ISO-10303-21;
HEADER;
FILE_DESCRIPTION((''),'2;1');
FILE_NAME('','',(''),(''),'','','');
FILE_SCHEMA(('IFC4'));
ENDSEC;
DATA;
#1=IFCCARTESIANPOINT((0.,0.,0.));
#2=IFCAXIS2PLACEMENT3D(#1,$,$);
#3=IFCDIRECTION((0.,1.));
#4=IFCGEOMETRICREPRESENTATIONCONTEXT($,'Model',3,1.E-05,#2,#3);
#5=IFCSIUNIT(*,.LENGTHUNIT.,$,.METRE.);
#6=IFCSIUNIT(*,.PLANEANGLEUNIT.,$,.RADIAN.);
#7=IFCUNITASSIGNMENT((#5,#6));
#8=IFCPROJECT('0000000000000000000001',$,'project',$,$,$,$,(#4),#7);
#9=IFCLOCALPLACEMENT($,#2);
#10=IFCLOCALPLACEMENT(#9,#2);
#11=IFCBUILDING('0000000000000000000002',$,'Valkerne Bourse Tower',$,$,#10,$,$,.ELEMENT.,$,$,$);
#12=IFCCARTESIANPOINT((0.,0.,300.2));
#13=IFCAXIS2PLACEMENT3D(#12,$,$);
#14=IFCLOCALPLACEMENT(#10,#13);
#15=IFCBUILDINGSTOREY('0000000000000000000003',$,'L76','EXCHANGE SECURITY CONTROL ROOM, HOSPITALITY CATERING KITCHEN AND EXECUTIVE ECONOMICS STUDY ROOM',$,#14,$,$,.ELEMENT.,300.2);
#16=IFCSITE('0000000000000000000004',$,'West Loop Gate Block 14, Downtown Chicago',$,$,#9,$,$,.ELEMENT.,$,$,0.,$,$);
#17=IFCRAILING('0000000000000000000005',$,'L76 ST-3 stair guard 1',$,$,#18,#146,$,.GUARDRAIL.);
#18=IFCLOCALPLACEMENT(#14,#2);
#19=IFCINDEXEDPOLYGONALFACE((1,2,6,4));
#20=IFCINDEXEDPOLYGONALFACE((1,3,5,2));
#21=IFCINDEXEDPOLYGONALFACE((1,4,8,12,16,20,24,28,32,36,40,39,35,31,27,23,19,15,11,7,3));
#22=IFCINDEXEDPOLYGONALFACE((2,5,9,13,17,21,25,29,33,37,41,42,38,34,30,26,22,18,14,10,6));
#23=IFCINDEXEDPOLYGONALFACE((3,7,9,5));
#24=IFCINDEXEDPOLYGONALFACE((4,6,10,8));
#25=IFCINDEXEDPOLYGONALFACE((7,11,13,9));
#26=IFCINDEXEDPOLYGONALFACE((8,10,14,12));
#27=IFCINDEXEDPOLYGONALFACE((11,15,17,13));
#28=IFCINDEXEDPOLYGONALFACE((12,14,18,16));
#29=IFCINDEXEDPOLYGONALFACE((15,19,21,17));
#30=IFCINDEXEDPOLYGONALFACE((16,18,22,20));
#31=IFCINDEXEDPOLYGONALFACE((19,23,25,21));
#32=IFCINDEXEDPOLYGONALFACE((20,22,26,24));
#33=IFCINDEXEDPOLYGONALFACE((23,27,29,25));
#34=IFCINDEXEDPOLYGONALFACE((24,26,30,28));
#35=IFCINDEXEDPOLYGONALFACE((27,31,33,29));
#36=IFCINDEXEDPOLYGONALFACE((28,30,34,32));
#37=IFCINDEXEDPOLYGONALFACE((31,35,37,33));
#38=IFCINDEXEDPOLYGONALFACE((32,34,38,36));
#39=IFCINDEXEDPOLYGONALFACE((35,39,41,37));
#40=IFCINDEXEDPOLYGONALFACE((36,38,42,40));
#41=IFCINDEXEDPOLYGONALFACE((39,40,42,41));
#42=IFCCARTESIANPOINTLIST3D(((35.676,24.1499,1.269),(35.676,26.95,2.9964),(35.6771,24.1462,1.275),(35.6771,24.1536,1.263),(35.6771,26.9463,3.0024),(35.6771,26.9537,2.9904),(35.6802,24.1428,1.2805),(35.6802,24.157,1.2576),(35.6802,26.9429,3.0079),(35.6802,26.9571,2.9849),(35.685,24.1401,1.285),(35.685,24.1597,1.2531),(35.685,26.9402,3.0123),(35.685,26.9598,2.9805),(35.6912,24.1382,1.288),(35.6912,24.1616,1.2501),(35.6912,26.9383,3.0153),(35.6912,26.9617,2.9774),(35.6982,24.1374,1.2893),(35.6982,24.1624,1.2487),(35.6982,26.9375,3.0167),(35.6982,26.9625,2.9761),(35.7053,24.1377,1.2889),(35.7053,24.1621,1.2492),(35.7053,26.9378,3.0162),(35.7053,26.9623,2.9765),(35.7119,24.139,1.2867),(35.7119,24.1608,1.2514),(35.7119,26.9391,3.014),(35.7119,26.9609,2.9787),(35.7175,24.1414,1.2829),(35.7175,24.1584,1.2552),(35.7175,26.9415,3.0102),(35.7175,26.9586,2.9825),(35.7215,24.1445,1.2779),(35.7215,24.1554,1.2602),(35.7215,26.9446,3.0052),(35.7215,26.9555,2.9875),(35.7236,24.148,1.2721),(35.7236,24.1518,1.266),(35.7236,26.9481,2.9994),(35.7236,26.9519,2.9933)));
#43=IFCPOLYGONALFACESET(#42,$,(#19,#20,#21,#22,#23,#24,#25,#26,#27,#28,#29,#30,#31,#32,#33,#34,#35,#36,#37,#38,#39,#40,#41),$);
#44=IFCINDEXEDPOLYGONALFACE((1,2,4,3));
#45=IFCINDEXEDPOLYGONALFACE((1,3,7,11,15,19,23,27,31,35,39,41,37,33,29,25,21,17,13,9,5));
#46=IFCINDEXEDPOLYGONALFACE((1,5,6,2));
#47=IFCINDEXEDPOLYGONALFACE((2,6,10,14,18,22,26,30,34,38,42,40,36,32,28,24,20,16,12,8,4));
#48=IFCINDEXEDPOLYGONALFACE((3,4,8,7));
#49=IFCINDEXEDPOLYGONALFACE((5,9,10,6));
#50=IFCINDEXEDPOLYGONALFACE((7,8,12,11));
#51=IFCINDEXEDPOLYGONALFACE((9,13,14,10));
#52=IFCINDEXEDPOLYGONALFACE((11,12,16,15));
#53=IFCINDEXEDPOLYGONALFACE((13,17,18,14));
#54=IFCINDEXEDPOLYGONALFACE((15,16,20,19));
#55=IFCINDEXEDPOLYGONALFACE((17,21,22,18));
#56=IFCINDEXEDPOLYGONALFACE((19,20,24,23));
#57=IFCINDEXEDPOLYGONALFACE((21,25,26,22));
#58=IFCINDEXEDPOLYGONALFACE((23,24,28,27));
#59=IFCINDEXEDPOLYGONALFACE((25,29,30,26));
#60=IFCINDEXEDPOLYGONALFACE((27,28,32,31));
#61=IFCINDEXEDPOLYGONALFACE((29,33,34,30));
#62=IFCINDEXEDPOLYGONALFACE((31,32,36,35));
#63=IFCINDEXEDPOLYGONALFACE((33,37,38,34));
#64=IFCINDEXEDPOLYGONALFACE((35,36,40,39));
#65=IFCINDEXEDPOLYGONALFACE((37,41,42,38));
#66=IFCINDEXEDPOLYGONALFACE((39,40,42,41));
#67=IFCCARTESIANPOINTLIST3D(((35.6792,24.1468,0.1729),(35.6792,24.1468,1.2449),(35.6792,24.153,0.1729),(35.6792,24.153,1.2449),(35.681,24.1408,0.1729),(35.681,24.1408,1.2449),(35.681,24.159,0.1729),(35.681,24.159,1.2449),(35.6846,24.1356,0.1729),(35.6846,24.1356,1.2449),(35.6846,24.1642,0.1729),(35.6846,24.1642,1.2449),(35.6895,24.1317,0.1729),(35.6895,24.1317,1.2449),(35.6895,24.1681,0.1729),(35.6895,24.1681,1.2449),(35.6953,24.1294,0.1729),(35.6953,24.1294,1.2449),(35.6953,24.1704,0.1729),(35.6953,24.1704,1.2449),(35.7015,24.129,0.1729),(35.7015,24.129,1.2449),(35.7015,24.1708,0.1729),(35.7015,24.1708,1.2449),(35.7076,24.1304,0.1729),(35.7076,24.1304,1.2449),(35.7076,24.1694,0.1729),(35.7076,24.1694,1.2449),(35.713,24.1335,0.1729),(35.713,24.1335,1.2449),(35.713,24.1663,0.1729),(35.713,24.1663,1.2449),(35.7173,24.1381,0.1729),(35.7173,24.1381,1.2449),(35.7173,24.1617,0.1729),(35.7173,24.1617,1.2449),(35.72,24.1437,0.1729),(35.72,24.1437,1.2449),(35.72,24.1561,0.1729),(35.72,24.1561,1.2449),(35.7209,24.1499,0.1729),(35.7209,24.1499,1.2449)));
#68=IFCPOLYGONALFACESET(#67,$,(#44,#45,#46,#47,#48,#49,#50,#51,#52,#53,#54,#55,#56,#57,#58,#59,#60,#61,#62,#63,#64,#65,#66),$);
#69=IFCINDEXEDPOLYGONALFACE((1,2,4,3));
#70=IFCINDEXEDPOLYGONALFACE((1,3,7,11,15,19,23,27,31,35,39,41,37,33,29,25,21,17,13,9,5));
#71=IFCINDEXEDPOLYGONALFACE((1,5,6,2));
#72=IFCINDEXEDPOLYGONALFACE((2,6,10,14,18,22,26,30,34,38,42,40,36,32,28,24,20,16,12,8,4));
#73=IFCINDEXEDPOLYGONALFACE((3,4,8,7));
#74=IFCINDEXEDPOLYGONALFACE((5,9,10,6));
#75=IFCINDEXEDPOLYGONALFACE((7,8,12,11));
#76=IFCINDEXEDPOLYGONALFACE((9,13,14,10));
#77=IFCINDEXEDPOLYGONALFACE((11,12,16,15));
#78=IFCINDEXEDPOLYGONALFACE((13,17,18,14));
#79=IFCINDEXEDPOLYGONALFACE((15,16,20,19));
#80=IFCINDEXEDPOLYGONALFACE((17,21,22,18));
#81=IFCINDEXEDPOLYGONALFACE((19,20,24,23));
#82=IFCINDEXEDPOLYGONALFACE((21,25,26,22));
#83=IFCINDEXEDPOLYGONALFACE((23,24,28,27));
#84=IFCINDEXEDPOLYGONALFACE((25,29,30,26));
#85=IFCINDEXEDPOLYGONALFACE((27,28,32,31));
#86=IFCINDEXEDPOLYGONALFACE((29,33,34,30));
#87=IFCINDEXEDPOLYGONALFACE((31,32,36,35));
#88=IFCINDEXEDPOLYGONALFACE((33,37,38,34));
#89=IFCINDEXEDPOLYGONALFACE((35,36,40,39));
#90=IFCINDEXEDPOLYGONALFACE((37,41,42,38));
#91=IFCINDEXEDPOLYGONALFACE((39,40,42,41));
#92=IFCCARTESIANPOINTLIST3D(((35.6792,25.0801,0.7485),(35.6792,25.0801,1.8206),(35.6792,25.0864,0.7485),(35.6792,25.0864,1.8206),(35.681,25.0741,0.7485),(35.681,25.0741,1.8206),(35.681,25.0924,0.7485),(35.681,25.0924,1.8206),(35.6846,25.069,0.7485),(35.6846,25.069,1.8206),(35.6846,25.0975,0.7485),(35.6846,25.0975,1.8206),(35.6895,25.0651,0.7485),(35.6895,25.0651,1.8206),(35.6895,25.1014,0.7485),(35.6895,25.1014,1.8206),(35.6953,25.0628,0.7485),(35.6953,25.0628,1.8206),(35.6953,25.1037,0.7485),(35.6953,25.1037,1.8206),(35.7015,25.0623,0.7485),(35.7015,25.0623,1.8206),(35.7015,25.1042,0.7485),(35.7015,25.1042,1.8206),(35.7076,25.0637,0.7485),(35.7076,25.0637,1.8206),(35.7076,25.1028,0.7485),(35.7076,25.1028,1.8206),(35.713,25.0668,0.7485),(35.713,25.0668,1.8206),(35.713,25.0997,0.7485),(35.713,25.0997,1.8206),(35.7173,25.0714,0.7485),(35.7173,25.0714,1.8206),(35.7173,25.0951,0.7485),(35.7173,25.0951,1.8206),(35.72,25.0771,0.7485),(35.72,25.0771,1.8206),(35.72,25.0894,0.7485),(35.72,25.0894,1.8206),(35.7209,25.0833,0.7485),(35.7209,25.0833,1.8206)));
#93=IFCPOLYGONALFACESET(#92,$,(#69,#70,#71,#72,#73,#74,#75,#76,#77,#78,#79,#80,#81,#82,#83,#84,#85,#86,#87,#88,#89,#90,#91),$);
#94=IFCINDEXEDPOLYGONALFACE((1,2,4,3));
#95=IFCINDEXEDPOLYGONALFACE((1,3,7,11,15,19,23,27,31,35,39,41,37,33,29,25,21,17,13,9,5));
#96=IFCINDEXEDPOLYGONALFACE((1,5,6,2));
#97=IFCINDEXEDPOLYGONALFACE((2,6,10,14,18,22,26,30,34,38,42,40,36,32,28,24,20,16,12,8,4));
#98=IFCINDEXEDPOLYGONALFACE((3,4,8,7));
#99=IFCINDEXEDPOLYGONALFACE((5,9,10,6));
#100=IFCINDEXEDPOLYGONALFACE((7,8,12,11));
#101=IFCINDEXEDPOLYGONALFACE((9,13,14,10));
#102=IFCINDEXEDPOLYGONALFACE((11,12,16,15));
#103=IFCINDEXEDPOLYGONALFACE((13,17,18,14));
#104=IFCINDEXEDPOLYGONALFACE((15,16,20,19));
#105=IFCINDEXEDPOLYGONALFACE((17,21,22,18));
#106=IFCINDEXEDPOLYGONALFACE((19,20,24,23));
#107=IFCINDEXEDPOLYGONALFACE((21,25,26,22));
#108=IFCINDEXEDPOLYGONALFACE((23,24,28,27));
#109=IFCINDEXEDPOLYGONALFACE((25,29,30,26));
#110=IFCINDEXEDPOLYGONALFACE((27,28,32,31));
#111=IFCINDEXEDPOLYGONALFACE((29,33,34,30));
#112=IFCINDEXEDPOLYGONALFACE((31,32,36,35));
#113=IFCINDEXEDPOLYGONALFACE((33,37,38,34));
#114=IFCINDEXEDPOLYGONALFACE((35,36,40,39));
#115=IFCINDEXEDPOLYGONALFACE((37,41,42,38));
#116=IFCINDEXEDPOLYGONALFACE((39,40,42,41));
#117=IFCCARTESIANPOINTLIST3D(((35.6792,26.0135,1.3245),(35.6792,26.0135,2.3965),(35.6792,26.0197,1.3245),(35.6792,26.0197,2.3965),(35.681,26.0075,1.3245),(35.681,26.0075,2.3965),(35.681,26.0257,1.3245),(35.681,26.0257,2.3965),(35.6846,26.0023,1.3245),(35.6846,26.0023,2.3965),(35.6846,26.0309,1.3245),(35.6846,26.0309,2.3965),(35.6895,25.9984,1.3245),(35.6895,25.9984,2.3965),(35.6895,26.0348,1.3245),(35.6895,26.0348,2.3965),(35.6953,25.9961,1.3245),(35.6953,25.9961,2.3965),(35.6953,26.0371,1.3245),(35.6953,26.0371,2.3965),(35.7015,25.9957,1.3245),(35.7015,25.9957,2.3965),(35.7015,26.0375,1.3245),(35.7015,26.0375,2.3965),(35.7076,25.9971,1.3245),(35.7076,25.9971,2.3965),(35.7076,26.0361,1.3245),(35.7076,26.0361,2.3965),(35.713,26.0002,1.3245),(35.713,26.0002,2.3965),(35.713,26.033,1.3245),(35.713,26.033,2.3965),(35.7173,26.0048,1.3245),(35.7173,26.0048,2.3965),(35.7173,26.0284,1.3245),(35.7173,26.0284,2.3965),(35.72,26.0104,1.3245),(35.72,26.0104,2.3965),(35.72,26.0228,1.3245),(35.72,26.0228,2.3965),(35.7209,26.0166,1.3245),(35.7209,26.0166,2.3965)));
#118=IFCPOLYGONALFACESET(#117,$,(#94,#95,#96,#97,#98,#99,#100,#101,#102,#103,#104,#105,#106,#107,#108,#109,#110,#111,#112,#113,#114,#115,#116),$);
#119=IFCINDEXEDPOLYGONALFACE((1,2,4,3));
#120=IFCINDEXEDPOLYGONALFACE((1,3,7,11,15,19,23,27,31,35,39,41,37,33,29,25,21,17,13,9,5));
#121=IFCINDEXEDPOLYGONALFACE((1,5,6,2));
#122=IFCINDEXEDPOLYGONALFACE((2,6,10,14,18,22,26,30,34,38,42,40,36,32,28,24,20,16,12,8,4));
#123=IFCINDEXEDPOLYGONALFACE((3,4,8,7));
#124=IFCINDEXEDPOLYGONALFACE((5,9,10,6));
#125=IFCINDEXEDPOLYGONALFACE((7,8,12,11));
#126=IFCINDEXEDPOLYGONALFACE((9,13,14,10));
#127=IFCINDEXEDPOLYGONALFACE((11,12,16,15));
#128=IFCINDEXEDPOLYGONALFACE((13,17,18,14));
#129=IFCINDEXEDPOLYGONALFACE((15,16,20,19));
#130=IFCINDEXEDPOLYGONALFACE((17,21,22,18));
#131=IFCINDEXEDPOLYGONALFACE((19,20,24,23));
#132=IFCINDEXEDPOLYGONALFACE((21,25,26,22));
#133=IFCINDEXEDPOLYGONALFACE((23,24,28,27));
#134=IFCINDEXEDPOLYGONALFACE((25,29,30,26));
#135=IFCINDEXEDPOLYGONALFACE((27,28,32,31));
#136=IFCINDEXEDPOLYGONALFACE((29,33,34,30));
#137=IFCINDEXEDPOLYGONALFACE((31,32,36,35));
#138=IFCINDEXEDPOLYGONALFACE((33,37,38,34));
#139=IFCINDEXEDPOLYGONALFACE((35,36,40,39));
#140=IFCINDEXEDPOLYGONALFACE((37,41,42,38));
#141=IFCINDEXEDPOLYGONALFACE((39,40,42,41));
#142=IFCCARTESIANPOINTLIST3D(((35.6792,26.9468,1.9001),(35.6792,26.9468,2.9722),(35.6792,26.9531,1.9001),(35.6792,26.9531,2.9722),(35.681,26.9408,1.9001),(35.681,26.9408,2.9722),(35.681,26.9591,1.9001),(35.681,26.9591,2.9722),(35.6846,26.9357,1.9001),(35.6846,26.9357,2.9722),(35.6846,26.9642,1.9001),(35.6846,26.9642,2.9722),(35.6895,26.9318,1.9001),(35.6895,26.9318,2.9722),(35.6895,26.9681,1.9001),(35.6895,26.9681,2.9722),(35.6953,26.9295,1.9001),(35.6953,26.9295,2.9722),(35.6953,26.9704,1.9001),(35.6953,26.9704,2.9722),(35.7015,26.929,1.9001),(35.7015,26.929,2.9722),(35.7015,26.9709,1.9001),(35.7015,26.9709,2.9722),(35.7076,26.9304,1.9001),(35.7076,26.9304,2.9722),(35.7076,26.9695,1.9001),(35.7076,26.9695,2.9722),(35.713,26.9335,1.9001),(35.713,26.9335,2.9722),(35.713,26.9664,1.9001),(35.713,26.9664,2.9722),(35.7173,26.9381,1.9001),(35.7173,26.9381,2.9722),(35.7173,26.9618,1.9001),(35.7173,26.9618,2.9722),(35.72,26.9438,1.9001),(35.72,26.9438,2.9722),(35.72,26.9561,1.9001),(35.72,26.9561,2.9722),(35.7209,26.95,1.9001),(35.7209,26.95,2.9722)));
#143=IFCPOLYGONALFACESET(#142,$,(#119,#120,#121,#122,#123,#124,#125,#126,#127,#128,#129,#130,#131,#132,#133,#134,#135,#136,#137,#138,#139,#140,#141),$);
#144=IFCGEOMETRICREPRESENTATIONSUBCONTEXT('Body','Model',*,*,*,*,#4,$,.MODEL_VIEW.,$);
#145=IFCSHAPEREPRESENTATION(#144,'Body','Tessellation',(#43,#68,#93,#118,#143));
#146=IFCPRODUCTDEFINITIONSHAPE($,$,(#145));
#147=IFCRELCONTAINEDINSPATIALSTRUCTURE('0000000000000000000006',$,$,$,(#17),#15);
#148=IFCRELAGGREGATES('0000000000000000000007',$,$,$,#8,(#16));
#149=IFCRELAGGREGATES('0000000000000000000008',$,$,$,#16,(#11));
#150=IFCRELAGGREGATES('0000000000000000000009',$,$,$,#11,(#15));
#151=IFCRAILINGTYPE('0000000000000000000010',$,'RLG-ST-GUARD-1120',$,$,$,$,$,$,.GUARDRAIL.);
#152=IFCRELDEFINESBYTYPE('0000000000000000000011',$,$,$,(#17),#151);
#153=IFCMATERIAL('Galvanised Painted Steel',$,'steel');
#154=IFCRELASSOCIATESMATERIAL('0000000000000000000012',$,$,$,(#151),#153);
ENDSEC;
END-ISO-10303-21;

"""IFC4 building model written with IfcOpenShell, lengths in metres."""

from ifc_helpers import new_model, si_unit, direction, frame, origin, origin_2d, place, context, subcontext, project, spatial, circle, extrude, material, type_object, element, save


model = new_model("IFC4")

# Units and contexts
model_context = context("Model", 3, precision=1e-05, world=origin(), true_north=direction((0.0, 1.0)))
body_context = subcontext(model_context, "Body", "Model", "MODEL_VIEW")
ifc_project = project(units=[si_unit("LENGTHUNIT", "METRE"), si_unit("PLANEANGLEUNIT", "RADIAN")], contexts=[model_context])

# Site, building, storey
site_placement = place(None, origin())
site = spatial("IfcSite", under=ifc_project, at=site_placement, Name="West Loop Gate Block 14, Downtown Chicago", CompositionType="ELEMENT", RefElevation=0.0)
building_placement = place(site_placement, origin())
building = spatial("IfcBuilding", under=site, at=building_placement, Name="Valkerne Bourse Tower", CompositionType="ELEMENT")
storey_placement = place(building_placement, frame((0.0, 0.0, 300.2)))
storey = spatial("IfcBuildingStorey", under=building, at=storey_placement, Name="L76", Description="EXCHANGE SECURITY CONTROL ROOM, HOSPITALITY CATERING KITCHEN AND EXECUTIVE ECONOMICS STUDY ROOM", CompositionType="ELEMENT", Elevation=300.2)

# Railing
ifc_material_1 = material(Name="Galvanised Painted Steel", Category="steel")
railing_type_1 = type_object("IfcRailingType", Name="RLG-ST-GUARD-1120", PredefinedType="GUARDRAIL", material=ifc_material_1)
railing_1_placement = place(storey_placement, frame((35.7, 24.1499, 0.1729)))
element("IfcRailing", 1, at=railing_1_placement, inside=storey, type_object=railing_type_1, Name="L76 ST-3 stair guard 1", PredefinedType="GUARDRAIL", context=body_context, shape_type="SweptSolid", body=[
    extrude(circle(Radius=0.0239, at=origin_2d()), frame((0.0, 0.0, 1.0962), z_axis=(0.0, 0.85109, 0.52502), x_axis=(-1.0, 0.0, 0.0)), (0.0, 0.0, 1.0), 3.29),
    extrude(circle(Radius=0.021, at=origin_2d()), origin(), (0.0, 0.0, 1.0), 1.072),
    extrude(circle(Radius=0.021, at=origin_2d()), frame((0.0, 0.9333, 0.5757)), (0.0, 0.0, 1.0), 1.072),
    extrude(circle(Radius=0.021, at=origin_2d()), frame((0.0, 1.8667, 1.1516)), (0.0, 0.0, 1.0), 1.072),
    extrude(circle(Radius=0.021, at=origin_2d()), frame((0.0, 2.8, 1.7273)), (0.0, 0.0, 1.0), 1.072),
])

save(model, "model.ifc")
